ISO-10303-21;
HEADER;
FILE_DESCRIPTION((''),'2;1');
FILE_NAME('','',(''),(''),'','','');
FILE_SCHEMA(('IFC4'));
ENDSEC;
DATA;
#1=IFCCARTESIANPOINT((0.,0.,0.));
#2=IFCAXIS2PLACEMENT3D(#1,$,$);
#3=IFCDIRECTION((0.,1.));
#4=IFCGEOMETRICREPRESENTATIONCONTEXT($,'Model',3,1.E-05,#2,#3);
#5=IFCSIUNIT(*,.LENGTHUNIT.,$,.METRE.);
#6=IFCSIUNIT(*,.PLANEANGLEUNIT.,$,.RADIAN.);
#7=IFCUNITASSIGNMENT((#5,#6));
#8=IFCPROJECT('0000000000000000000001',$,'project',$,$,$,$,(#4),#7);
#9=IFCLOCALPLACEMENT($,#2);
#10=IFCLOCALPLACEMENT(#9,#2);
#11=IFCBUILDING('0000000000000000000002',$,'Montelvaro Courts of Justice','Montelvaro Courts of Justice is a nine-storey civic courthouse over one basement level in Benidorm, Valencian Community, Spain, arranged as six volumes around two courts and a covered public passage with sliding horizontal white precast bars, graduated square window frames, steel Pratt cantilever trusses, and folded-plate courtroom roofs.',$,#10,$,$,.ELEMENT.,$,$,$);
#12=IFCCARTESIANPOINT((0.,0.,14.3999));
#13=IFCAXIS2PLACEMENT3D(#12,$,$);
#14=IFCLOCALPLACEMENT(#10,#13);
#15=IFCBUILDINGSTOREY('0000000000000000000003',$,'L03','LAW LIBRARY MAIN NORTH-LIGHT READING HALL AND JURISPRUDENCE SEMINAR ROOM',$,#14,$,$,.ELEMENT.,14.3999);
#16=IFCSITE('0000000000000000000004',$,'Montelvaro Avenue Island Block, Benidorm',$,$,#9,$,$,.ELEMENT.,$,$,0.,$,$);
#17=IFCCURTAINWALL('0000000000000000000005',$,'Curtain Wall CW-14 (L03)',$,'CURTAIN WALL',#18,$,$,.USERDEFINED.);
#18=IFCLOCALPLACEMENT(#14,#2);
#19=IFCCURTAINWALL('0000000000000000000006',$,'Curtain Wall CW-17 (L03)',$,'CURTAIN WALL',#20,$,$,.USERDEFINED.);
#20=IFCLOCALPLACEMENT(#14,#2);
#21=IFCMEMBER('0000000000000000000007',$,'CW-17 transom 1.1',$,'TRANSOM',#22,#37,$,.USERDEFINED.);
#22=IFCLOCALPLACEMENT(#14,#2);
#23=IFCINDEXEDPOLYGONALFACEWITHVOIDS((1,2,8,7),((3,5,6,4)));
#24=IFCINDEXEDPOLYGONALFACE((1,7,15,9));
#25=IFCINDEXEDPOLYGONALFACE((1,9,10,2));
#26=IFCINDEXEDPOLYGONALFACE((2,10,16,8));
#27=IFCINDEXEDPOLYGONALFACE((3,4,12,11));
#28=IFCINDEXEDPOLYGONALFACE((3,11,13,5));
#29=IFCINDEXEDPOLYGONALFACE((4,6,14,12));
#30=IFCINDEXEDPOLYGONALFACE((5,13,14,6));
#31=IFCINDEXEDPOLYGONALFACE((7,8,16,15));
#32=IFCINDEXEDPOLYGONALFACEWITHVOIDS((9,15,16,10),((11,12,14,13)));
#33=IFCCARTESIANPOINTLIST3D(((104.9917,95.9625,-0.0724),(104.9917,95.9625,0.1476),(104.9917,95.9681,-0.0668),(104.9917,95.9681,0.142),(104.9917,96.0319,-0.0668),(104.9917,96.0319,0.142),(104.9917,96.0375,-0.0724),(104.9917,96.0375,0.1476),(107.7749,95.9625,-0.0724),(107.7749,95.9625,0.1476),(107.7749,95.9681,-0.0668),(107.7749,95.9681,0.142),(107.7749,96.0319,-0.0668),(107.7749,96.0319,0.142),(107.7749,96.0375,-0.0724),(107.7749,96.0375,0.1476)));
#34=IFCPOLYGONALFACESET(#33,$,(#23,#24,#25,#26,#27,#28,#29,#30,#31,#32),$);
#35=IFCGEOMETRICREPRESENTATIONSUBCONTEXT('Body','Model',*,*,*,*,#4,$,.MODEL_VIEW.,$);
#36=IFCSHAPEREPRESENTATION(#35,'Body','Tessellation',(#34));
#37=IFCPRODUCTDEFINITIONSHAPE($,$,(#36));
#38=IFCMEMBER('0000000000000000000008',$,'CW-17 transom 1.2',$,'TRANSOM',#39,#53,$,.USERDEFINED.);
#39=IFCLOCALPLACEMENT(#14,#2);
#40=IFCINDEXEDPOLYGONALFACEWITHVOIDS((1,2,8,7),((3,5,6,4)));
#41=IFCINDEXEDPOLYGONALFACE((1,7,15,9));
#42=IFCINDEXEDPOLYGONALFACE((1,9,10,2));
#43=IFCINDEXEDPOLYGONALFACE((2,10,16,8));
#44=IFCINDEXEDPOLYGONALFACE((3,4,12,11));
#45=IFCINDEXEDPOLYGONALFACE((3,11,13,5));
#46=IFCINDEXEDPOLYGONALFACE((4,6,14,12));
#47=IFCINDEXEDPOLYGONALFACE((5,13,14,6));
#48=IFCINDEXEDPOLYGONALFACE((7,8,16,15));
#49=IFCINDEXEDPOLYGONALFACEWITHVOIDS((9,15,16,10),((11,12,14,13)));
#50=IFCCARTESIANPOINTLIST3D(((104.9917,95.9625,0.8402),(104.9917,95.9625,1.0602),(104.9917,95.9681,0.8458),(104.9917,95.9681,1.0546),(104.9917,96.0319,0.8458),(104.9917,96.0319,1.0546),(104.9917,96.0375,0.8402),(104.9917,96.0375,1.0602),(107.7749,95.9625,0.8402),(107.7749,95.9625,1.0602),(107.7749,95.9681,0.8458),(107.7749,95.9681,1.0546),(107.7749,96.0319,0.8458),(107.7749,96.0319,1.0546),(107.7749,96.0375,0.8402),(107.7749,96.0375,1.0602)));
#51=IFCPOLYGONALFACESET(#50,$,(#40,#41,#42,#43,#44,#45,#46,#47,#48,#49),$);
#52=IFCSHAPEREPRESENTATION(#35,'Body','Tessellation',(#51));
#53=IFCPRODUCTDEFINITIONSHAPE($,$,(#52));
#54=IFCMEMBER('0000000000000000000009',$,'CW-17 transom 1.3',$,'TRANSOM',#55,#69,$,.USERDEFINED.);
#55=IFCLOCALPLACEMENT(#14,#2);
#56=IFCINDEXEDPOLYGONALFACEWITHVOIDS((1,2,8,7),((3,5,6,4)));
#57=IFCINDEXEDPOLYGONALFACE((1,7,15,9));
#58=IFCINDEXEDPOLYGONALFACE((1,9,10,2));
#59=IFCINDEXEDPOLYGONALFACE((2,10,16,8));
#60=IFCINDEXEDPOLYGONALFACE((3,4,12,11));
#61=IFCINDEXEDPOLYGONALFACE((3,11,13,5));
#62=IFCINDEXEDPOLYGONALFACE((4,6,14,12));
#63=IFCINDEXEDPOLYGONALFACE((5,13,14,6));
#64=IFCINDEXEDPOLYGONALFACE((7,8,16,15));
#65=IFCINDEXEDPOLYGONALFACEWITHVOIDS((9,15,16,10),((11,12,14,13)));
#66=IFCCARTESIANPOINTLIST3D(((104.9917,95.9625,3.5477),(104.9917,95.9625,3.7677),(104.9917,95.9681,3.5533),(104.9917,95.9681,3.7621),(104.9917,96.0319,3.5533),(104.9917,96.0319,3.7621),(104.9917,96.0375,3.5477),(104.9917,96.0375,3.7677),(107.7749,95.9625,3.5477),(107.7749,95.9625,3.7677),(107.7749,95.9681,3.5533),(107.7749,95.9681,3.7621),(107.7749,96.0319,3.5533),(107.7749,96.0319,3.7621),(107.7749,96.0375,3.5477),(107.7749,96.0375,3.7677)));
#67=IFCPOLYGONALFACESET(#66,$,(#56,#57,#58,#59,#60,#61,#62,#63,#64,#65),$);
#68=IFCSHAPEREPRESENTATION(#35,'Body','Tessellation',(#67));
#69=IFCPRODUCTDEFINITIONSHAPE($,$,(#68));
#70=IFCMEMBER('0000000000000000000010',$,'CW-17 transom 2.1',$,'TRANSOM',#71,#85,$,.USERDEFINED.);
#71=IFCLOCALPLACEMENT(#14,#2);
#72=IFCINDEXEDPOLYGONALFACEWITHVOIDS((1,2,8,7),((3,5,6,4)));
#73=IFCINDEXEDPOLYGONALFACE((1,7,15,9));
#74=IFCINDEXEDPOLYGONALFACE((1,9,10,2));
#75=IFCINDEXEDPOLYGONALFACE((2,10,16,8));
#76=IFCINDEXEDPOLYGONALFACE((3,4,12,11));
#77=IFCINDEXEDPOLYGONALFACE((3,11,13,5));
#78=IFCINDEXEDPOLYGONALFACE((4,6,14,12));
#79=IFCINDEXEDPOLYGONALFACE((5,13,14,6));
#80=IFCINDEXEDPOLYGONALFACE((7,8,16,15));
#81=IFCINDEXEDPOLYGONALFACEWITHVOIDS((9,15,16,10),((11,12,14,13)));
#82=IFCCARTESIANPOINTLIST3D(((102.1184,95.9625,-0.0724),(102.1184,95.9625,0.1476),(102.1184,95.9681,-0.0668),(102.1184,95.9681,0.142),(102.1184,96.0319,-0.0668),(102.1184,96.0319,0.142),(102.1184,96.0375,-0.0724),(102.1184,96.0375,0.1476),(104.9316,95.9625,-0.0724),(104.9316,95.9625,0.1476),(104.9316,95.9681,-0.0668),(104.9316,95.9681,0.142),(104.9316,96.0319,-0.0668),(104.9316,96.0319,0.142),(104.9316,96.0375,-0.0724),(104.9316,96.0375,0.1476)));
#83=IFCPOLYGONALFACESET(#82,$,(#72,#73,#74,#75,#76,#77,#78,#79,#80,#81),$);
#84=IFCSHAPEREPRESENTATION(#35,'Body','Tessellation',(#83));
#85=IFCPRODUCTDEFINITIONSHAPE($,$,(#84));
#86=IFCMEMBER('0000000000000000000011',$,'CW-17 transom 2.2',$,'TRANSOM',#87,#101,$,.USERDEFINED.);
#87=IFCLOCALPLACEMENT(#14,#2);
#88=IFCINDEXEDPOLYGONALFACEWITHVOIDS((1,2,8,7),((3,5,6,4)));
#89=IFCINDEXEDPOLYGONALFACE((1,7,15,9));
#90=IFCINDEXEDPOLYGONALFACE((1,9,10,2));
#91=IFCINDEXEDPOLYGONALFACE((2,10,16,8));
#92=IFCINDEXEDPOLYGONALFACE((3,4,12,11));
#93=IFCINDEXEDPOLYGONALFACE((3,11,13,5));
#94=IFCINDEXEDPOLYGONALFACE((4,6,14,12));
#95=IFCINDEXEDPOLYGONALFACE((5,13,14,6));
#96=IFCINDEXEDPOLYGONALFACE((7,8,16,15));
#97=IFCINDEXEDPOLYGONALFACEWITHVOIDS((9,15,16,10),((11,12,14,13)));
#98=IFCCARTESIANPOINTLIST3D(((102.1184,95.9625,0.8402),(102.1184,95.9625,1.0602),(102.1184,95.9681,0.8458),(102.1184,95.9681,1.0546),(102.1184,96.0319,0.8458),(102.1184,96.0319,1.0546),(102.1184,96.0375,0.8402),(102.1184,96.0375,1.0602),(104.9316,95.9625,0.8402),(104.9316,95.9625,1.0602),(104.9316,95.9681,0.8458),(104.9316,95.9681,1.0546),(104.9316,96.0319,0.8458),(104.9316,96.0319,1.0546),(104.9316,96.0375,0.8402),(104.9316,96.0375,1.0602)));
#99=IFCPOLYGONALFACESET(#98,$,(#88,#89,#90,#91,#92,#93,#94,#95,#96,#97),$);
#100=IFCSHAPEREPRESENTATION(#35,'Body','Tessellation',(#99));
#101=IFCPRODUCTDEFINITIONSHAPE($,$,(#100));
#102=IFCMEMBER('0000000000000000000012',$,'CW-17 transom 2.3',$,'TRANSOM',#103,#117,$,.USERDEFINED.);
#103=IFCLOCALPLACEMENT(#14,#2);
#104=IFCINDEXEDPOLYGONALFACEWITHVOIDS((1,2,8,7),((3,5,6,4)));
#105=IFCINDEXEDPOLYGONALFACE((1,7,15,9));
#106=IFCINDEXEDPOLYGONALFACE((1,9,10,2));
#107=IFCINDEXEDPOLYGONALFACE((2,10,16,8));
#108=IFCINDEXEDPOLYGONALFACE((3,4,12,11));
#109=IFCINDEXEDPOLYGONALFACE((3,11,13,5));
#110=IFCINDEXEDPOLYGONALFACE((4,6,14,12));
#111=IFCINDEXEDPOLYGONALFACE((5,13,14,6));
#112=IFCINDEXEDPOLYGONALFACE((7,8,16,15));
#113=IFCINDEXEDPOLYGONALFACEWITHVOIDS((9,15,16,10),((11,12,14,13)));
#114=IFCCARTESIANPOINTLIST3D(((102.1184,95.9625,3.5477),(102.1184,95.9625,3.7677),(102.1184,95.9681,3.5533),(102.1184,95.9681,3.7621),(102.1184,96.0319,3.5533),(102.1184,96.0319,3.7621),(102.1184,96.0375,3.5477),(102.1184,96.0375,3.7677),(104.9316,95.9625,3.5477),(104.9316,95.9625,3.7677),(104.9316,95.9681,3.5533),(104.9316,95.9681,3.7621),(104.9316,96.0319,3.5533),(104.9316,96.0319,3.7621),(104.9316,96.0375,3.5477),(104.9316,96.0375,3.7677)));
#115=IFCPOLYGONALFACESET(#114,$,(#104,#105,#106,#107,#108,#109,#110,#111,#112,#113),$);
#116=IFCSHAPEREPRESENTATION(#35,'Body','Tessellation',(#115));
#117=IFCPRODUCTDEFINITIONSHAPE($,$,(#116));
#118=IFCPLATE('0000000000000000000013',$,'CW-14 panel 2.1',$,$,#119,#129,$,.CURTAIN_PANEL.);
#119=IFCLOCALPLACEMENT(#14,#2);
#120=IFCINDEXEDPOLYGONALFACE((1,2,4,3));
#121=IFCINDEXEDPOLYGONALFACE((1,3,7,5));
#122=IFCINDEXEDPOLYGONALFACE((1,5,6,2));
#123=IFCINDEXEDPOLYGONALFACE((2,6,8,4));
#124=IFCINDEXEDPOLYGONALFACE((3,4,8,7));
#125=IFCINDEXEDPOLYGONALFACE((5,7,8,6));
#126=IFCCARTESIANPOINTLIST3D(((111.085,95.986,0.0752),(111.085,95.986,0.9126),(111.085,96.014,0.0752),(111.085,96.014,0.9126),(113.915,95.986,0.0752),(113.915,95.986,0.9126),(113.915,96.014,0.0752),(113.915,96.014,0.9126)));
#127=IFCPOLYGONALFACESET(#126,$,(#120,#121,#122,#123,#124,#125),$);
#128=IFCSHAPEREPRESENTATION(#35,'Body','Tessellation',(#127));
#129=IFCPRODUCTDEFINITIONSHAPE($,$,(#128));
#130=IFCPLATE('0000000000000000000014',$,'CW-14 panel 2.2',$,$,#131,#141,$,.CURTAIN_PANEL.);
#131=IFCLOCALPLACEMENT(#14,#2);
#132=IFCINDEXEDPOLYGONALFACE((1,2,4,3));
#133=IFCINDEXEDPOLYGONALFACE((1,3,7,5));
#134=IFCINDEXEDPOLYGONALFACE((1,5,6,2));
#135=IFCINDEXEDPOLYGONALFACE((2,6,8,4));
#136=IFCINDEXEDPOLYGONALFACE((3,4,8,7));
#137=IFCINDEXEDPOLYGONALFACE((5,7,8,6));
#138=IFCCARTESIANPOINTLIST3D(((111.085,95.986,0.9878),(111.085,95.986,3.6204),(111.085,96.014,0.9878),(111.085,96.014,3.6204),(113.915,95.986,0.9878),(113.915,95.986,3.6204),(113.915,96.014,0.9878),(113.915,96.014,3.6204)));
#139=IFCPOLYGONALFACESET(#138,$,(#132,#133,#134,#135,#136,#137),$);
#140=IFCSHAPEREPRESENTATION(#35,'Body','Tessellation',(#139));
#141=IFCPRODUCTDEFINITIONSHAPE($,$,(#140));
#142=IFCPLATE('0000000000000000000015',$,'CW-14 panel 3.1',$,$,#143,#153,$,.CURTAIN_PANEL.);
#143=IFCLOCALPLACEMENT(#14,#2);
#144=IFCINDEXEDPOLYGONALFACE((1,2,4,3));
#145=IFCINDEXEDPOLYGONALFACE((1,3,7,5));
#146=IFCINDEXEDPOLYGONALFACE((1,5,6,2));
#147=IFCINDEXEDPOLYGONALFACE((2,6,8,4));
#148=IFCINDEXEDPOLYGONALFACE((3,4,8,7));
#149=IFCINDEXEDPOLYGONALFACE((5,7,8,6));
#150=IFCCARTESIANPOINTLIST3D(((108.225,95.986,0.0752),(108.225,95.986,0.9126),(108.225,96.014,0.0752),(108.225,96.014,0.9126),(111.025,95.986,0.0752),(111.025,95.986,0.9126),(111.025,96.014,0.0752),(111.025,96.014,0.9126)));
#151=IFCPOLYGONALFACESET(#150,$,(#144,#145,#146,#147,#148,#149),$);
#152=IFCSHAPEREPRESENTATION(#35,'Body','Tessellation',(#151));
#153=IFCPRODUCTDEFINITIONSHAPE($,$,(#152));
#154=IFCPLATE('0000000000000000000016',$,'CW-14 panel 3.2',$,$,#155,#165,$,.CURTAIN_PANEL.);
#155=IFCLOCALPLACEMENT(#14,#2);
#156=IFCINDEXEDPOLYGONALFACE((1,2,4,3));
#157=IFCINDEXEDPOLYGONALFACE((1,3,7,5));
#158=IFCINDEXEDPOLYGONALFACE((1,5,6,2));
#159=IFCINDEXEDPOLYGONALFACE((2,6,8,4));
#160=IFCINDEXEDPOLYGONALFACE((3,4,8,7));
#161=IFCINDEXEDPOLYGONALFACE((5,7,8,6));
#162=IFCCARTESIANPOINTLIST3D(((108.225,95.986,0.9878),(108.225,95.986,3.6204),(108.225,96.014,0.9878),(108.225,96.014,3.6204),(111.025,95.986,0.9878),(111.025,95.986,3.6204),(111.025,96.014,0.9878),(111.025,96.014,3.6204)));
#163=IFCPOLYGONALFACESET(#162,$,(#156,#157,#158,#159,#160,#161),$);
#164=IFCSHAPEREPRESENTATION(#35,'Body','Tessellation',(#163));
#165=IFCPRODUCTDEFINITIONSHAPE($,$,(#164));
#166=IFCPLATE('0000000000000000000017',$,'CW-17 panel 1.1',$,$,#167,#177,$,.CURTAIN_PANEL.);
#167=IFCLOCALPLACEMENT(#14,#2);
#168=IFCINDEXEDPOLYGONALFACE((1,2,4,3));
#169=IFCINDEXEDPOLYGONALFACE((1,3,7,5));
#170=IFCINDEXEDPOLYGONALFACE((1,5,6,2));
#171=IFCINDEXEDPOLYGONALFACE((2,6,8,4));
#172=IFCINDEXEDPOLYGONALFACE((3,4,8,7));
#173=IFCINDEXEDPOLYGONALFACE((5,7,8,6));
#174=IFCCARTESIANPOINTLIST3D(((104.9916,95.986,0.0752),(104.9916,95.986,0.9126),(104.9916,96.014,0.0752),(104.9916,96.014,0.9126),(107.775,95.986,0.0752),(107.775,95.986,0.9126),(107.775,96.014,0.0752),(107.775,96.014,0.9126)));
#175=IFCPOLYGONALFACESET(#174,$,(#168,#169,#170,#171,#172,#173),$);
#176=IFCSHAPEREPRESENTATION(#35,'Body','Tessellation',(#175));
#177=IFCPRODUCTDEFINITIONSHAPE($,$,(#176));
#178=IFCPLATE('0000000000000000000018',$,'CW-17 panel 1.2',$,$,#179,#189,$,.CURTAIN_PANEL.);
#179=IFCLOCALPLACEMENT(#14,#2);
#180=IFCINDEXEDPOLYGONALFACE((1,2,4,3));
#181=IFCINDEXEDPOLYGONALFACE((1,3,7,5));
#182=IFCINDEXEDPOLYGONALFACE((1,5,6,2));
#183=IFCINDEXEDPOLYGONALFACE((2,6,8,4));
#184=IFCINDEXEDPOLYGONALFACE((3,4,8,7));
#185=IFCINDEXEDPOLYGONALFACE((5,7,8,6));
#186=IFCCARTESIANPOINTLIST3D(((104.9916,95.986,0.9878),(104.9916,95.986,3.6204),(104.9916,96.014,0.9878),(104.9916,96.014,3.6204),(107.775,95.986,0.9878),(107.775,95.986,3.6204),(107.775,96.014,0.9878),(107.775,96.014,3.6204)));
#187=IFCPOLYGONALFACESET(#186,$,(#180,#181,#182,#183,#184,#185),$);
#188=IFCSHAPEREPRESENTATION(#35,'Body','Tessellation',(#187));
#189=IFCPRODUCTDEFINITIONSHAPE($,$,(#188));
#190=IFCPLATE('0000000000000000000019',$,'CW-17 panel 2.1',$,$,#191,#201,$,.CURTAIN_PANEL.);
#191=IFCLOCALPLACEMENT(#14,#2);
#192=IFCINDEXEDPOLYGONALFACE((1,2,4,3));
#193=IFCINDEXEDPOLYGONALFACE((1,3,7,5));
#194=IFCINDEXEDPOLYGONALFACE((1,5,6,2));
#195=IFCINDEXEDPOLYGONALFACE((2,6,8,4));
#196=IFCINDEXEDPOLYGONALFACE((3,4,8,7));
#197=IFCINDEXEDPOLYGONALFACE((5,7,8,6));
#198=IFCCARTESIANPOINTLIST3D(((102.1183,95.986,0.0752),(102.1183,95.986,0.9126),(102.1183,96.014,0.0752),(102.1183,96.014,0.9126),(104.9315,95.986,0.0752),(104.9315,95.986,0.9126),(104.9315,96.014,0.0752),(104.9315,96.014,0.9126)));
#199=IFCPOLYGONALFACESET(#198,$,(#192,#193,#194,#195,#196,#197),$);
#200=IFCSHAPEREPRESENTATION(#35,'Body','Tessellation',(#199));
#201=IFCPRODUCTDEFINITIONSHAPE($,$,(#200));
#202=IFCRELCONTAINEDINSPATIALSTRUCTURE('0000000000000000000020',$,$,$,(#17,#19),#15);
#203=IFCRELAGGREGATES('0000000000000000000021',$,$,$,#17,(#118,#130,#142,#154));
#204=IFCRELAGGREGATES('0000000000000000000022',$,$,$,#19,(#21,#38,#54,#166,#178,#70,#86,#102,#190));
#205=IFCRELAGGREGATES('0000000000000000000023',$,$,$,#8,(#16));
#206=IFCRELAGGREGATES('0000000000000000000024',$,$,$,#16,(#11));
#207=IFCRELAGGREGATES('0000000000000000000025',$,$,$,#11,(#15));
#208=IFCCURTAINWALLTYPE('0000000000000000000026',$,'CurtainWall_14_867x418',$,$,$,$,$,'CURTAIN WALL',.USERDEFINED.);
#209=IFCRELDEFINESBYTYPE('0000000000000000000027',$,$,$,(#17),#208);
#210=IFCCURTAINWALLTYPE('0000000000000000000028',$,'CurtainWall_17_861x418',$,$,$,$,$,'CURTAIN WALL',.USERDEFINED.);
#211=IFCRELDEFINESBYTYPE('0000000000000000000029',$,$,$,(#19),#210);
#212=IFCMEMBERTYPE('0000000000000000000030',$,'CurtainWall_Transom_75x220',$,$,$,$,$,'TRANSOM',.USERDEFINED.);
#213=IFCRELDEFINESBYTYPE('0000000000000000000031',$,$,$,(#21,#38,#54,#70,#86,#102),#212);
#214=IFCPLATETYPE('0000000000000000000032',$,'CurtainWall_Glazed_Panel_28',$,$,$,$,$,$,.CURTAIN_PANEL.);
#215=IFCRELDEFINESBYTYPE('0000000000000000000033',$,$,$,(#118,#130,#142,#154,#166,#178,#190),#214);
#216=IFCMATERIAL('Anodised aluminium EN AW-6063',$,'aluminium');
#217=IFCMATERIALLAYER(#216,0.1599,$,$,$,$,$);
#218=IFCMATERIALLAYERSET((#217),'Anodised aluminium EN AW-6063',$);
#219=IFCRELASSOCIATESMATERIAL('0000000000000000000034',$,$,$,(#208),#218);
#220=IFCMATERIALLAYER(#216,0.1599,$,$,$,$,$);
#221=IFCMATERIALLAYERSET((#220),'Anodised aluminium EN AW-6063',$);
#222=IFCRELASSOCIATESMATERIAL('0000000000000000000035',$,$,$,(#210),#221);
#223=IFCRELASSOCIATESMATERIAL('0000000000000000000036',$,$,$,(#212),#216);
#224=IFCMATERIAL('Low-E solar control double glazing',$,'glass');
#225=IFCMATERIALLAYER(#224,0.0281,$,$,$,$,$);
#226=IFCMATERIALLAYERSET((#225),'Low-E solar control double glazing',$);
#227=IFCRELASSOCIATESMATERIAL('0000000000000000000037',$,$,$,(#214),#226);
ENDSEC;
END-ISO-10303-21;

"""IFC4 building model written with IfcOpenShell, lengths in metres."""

from ifc_helpers import new_model, si_unit, direction, frame, origin, origin_2d, place, context, subcontext, project, spatial, rectangle, hollow_rectangle, extrude, material, layer, layer_set, material_profile, profile_set, type_object, element, aggregate, save


model = new_model("IFC4")

# Units and contexts
model_context = context("Model", 3, precision=1e-05, world=origin(), true_north=direction((0.0, 1.0)))
body_context = subcontext(model_context, "Body", "Model", "MODEL_VIEW")
ifc_project = project(units=[si_unit("LENGTHUNIT", "METRE"), si_unit("PLANEANGLEUNIT", "RADIAN")], contexts=[model_context])

# Site, building, storey
site_placement = place(None, origin())
site = spatial("IfcSite", under=ifc_project, at=site_placement, Name="Montelvaro Avenue Island Block, Benidorm", CompositionType="ELEMENT", RefElevation=0.0)
building_placement = place(site_placement, origin())
building = spatial("IfcBuilding", under=site, at=building_placement, Name="Montelvaro Courts of Justice", Description="Montelvaro Courts of Justice is a nine-storey civic courthouse over one basement level in Benidorm, Valencian Community, Spain, arranged as six volumes around two courts and a covered public passage with sliding horizontal white precast bars, graduated square window frames, steel Pratt cantilever trusses, and folded-plate courtroom roofs.", CompositionType="ELEMENT")
storey_placement = place(building_placement, frame((0.0, 0.0, 14.3999)))
storey = spatial("IfcBuildingStorey", under=building, at=storey_placement, Name="L03", Description="LAW LIBRARY MAIN NORTH-LIGHT READING HALL AND JURISPRUDENCE SEMINAR ROOM", CompositionType="ELEMENT", Elevation=14.3999)

# Curtain walls
ifc_material_1 = material(Name="Anodised aluminium EN AW-6063", Category="aluminium")
ifc_layer_1 = layer(ifc_material_1, 0.1599)
ifc_layer_set_1 = layer_set([ifc_layer_1], Name="Anodised aluminium EN AW-6063")
curtain_wall_type_1 = type_object("IfcCurtainWallType", Name="CurtainWall_14_867x418", ElementType="CURTAIN WALL", PredefinedType="USERDEFINED", material=ifc_layer_set_1)
curtain_wall_1_placement = place(storey_placement, origin())
curtain_wall_1 = element("IfcCurtainWall", 1, at=curtain_wall_1_placement, inside=storey, type_object=curtain_wall_type_1, Name="Curtain Wall CW-14 (L03)", ObjectType="CURTAIN WALL", PredefinedType="USERDEFINED")
ifc_layer_2 = layer(ifc_material_1, 0.1599)
ifc_layer_set_2 = layer_set([ifc_layer_2], Name="Anodised aluminium EN AW-6063")
curtain_wall_type_2 = type_object("IfcCurtainWallType", Name="CurtainWall_17_861x418", ElementType="CURTAIN WALL", PredefinedType="USERDEFINED", material=ifc_layer_set_2)
curtain_wall_2_placement = place(storey_placement, origin())
curtain_wall_2 = element("IfcCurtainWall", 2, at=curtain_wall_2_placement, inside=storey, type_object=curtain_wall_type_2, Name="Curtain Wall CW-17 (L03)", ObjectType="CURTAIN WALL", PredefinedType="USERDEFINED")

# Members
ifc_material_profile_1 = material_profile(ifc_material_1, hollow_rectangle(XDim=0.075, YDim=0.22, WallThickness=0.0056, at=origin_2d()), Name="ALU-T 75x220")
ifc_profile_set_1 = profile_set([ifc_material_profile_1], Name="Anodised aluminium EN AW-6063")
member_type_1 = type_object("IfcMemberType", Name="CurtainWall_Transom_75x220", ElementType="TRANSOM", PredefinedType="USERDEFINED", material=ifc_profile_set_1)
member_1_placement = place(storey_placement, frame((107.7749, 96.0, 0.0376), z_axis=(-1.0, 0.0, 0.0), x_axis=(0.0, -1.0, 0.0)))
member_1 = element("IfcMember", 3, at=member_1_placement, type_object=member_type_1, Name="CW-17 transom 1.1", ObjectType="TRANSOM", PredefinedType="USERDEFINED", context=body_context, shape_type="SweptSolid", body=[
    extrude(hollow_rectangle(XDim=0.075, YDim=0.22, WallThickness=0.0056, at=origin_2d()), origin(), (0.0, 0.0, 1.0), 2.7832),
])
member_2_placement = place(storey_placement, frame((107.7749, 96.0, 0.9502), z_axis=(-1.0, 0.0, 0.0), x_axis=(0.0, -1.0, 0.0)))
member_2 = element("IfcMember", 4, at=member_2_placement, type_object=member_type_1, Name="CW-17 transom 1.2", ObjectType="TRANSOM", PredefinedType="USERDEFINED", context=body_context, shape_type="SweptSolid", body=[
    extrude(hollow_rectangle(XDim=0.075, YDim=0.22, WallThickness=0.0056, at=origin_2d()), origin(), (0.0, 0.0, 1.0), 2.7832),
])
member_3_placement = place(storey_placement, frame((107.7749, 96.0, 3.6577), z_axis=(-1.0, 0.0, 0.0), x_axis=(0.0, -1.0, 0.0)))
member_3 = element("IfcMember", 5, at=member_3_placement, type_object=member_type_1, Name="CW-17 transom 1.3", ObjectType="TRANSOM", PredefinedType="USERDEFINED", context=body_context, shape_type="SweptSolid", body=[
    extrude(hollow_rectangle(XDim=0.075, YDim=0.22, WallThickness=0.0056, at=origin_2d()), origin(), (0.0, 0.0, 1.0), 2.7832),
])
member_4_placement = place(storey_placement, frame((104.9316, 96.0, 0.0376), z_axis=(-1.0, 0.0, 0.0), x_axis=(0.0, -1.0, 0.0)))
member_4 = element("IfcMember", 6, at=member_4_placement, type_object=member_type_1, Name="CW-17 transom 2.1", ObjectType="TRANSOM", PredefinedType="USERDEFINED", context=body_context, shape_type="SweptSolid", body=[
    extrude(hollow_rectangle(XDim=0.075, YDim=0.22, WallThickness=0.0056, at=origin_2d()), origin(), (0.0, 0.0, 1.0), 2.8132),
])
member_5_placement = place(storey_placement, frame((104.9316, 96.0, 0.9502), z_axis=(-1.0, 0.0, 0.0), x_axis=(0.0, -1.0, 0.0)))
member_5 = element("IfcMember", 7, at=member_5_placement, type_object=member_type_1, Name="CW-17 transom 2.2", ObjectType="TRANSOM", PredefinedType="USERDEFINED", context=body_context, shape_type="SweptSolid", body=[
    extrude(hollow_rectangle(XDim=0.075, YDim=0.22, WallThickness=0.0056, at=origin_2d()), origin(), (0.0, 0.0, 1.0), 2.8132),
])
member_6_placement = place(storey_placement, frame((104.9316, 96.0, 3.6577), z_axis=(-1.0, 0.0, 0.0), x_axis=(0.0, -1.0, 0.0)))
member_6 = element("IfcMember", 8, at=member_6_placement, type_object=member_type_1, Name="CW-17 transom 2.3", ObjectType="TRANSOM", PredefinedType="USERDEFINED", context=body_context, shape_type="SweptSolid", body=[
    extrude(hollow_rectangle(XDim=0.075, YDim=0.22, WallThickness=0.0056, at=origin_2d()), origin(), (0.0, 0.0, 1.0), 2.8132),
])

# Plates
ifc_material_2 = material(Name="Low-E solar control double glazing", Category="glass")
ifc_layer_3 = layer(ifc_material_2, 0.0281)
ifc_layer_set_3 = layer_set([ifc_layer_3], Name="Low-E solar control double glazing")
plate_type = type_object("IfcPlateType", Name="CurtainWall_Glazed_Panel_28", PredefinedType="CURTAIN_PANEL", material=ifc_layer_set_3)
plate_1_placement = place(storey_placement, frame((112.5, 96.0, 0.0752), z_axis=(0.0, 0.0, 1.0), x_axis=(-1.0, 0.0, 0.0)))
plate_1 = element("IfcPlate", 9, at=plate_1_placement, type_object=plate_type, Name="CW-14 panel 2.1", PredefinedType="CURTAIN_PANEL", context=body_context, shape_type="SweptSolid", body=[
    extrude(rectangle(XDim=2.8301, YDim=0.0281, at=origin_2d()), origin(), (0.0, 0.0, 1.0), 0.8374),
])
plate_2_placement = place(storey_placement, frame((112.5, 96.0, 0.9878), z_axis=(0.0, 0.0, 1.0), x_axis=(-1.0, 0.0, 0.0)))
plate_2 = element("IfcPlate", 10, at=plate_2_placement, type_object=plate_type, Name="CW-14 panel 2.2", PredefinedType="CURTAIN_PANEL", context=body_context, shape_type="SweptSolid", body=[
    extrude(rectangle(XDim=2.8301, YDim=0.0281, at=origin_2d()), origin(), (0.0, 0.0, 1.0), 2.6326),
])
plate_3_placement = place(storey_placement, frame((109.625, 96.0, 0.0752), z_axis=(0.0, 0.0, 1.0), x_axis=(-1.0, 0.0, 0.0)))
plate_3 = element("IfcPlate", 11, at=plate_3_placement, type_object=plate_type, Name="CW-14 panel 3.1", PredefinedType="CURTAIN_PANEL", context=body_context, shape_type="SweptSolid", body=[
    extrude(rectangle(XDim=2.8, YDim=0.0281, at=origin_2d()), origin(), (0.0, 0.0, 1.0), 0.8374),
])
plate_4_placement = place(storey_placement, frame((109.625, 96.0, 0.9878), z_axis=(0.0, 0.0, 1.0), x_axis=(-1.0, 0.0, 0.0)))
plate_4 = element("IfcPlate", 12, at=plate_4_placement, type_object=plate_type, Name="CW-14 panel 3.2", PredefinedType="CURTAIN_PANEL", context=body_context, shape_type="SweptSolid", body=[
    extrude(rectangle(XDim=2.8, YDim=0.0281, at=origin_2d()), origin(), (0.0, 0.0, 1.0), 2.6326),
])
aggregate(curtain_wall_1, [plate_1, plate_2, plate_3, plate_4])
plate_5_placement = place(storey_placement, frame((106.3833, 96.0, 0.0752), z_axis=(0.0, 0.0, 1.0), x_axis=(-1.0, 0.0, 0.0)))
plate_5 = element("IfcPlate", 13, at=plate_5_placement, type_object=plate_type, Name="CW-17 panel 1.1", PredefinedType="CURTAIN_PANEL", context=body_context, shape_type="SweptSolid", body=[
    extrude(rectangle(XDim=2.7834, YDim=0.0281, at=origin_2d()), origin(), (0.0, 0.0, 1.0), 0.8374),
])
plate_6_placement = place(storey_placement, frame((106.3833, 96.0, 0.9878), z_axis=(0.0, 0.0, 1.0), x_axis=(-1.0, 0.0, 0.0)))
plate_6 = element("IfcPlate", 14, at=plate_6_placement, type_object=plate_type, Name="CW-17 panel 1.2", PredefinedType="CURTAIN_PANEL", context=body_context, shape_type="SweptSolid", body=[
    extrude(rectangle(XDim=2.7834, YDim=0.0281, at=origin_2d()), origin(), (0.0, 0.0, 1.0), 2.6326),
])
plate_7_placement = place(storey_placement, frame((103.5249, 96.0, 0.0752), z_axis=(0.0, 0.0, 1.0), x_axis=(-1.0, 0.0, 0.0)))
plate_7 = element("IfcPlate", 15, at=plate_7_placement, type_object=plate_type, Name="CW-17 panel 2.1", PredefinedType="CURTAIN_PANEL", context=body_context, shape_type="SweptSolid", body=[
    extrude(rectangle(XDim=2.8132, YDim=0.0281, at=origin_2d()), origin(), (0.0, 0.0, 1.0), 0.8374),
])
aggregate(curtain_wall_2, [member_1, member_2, member_3, plate_5, plate_6, member_4, member_5, member_6, plate_7])

save(model, "model.ifc")
